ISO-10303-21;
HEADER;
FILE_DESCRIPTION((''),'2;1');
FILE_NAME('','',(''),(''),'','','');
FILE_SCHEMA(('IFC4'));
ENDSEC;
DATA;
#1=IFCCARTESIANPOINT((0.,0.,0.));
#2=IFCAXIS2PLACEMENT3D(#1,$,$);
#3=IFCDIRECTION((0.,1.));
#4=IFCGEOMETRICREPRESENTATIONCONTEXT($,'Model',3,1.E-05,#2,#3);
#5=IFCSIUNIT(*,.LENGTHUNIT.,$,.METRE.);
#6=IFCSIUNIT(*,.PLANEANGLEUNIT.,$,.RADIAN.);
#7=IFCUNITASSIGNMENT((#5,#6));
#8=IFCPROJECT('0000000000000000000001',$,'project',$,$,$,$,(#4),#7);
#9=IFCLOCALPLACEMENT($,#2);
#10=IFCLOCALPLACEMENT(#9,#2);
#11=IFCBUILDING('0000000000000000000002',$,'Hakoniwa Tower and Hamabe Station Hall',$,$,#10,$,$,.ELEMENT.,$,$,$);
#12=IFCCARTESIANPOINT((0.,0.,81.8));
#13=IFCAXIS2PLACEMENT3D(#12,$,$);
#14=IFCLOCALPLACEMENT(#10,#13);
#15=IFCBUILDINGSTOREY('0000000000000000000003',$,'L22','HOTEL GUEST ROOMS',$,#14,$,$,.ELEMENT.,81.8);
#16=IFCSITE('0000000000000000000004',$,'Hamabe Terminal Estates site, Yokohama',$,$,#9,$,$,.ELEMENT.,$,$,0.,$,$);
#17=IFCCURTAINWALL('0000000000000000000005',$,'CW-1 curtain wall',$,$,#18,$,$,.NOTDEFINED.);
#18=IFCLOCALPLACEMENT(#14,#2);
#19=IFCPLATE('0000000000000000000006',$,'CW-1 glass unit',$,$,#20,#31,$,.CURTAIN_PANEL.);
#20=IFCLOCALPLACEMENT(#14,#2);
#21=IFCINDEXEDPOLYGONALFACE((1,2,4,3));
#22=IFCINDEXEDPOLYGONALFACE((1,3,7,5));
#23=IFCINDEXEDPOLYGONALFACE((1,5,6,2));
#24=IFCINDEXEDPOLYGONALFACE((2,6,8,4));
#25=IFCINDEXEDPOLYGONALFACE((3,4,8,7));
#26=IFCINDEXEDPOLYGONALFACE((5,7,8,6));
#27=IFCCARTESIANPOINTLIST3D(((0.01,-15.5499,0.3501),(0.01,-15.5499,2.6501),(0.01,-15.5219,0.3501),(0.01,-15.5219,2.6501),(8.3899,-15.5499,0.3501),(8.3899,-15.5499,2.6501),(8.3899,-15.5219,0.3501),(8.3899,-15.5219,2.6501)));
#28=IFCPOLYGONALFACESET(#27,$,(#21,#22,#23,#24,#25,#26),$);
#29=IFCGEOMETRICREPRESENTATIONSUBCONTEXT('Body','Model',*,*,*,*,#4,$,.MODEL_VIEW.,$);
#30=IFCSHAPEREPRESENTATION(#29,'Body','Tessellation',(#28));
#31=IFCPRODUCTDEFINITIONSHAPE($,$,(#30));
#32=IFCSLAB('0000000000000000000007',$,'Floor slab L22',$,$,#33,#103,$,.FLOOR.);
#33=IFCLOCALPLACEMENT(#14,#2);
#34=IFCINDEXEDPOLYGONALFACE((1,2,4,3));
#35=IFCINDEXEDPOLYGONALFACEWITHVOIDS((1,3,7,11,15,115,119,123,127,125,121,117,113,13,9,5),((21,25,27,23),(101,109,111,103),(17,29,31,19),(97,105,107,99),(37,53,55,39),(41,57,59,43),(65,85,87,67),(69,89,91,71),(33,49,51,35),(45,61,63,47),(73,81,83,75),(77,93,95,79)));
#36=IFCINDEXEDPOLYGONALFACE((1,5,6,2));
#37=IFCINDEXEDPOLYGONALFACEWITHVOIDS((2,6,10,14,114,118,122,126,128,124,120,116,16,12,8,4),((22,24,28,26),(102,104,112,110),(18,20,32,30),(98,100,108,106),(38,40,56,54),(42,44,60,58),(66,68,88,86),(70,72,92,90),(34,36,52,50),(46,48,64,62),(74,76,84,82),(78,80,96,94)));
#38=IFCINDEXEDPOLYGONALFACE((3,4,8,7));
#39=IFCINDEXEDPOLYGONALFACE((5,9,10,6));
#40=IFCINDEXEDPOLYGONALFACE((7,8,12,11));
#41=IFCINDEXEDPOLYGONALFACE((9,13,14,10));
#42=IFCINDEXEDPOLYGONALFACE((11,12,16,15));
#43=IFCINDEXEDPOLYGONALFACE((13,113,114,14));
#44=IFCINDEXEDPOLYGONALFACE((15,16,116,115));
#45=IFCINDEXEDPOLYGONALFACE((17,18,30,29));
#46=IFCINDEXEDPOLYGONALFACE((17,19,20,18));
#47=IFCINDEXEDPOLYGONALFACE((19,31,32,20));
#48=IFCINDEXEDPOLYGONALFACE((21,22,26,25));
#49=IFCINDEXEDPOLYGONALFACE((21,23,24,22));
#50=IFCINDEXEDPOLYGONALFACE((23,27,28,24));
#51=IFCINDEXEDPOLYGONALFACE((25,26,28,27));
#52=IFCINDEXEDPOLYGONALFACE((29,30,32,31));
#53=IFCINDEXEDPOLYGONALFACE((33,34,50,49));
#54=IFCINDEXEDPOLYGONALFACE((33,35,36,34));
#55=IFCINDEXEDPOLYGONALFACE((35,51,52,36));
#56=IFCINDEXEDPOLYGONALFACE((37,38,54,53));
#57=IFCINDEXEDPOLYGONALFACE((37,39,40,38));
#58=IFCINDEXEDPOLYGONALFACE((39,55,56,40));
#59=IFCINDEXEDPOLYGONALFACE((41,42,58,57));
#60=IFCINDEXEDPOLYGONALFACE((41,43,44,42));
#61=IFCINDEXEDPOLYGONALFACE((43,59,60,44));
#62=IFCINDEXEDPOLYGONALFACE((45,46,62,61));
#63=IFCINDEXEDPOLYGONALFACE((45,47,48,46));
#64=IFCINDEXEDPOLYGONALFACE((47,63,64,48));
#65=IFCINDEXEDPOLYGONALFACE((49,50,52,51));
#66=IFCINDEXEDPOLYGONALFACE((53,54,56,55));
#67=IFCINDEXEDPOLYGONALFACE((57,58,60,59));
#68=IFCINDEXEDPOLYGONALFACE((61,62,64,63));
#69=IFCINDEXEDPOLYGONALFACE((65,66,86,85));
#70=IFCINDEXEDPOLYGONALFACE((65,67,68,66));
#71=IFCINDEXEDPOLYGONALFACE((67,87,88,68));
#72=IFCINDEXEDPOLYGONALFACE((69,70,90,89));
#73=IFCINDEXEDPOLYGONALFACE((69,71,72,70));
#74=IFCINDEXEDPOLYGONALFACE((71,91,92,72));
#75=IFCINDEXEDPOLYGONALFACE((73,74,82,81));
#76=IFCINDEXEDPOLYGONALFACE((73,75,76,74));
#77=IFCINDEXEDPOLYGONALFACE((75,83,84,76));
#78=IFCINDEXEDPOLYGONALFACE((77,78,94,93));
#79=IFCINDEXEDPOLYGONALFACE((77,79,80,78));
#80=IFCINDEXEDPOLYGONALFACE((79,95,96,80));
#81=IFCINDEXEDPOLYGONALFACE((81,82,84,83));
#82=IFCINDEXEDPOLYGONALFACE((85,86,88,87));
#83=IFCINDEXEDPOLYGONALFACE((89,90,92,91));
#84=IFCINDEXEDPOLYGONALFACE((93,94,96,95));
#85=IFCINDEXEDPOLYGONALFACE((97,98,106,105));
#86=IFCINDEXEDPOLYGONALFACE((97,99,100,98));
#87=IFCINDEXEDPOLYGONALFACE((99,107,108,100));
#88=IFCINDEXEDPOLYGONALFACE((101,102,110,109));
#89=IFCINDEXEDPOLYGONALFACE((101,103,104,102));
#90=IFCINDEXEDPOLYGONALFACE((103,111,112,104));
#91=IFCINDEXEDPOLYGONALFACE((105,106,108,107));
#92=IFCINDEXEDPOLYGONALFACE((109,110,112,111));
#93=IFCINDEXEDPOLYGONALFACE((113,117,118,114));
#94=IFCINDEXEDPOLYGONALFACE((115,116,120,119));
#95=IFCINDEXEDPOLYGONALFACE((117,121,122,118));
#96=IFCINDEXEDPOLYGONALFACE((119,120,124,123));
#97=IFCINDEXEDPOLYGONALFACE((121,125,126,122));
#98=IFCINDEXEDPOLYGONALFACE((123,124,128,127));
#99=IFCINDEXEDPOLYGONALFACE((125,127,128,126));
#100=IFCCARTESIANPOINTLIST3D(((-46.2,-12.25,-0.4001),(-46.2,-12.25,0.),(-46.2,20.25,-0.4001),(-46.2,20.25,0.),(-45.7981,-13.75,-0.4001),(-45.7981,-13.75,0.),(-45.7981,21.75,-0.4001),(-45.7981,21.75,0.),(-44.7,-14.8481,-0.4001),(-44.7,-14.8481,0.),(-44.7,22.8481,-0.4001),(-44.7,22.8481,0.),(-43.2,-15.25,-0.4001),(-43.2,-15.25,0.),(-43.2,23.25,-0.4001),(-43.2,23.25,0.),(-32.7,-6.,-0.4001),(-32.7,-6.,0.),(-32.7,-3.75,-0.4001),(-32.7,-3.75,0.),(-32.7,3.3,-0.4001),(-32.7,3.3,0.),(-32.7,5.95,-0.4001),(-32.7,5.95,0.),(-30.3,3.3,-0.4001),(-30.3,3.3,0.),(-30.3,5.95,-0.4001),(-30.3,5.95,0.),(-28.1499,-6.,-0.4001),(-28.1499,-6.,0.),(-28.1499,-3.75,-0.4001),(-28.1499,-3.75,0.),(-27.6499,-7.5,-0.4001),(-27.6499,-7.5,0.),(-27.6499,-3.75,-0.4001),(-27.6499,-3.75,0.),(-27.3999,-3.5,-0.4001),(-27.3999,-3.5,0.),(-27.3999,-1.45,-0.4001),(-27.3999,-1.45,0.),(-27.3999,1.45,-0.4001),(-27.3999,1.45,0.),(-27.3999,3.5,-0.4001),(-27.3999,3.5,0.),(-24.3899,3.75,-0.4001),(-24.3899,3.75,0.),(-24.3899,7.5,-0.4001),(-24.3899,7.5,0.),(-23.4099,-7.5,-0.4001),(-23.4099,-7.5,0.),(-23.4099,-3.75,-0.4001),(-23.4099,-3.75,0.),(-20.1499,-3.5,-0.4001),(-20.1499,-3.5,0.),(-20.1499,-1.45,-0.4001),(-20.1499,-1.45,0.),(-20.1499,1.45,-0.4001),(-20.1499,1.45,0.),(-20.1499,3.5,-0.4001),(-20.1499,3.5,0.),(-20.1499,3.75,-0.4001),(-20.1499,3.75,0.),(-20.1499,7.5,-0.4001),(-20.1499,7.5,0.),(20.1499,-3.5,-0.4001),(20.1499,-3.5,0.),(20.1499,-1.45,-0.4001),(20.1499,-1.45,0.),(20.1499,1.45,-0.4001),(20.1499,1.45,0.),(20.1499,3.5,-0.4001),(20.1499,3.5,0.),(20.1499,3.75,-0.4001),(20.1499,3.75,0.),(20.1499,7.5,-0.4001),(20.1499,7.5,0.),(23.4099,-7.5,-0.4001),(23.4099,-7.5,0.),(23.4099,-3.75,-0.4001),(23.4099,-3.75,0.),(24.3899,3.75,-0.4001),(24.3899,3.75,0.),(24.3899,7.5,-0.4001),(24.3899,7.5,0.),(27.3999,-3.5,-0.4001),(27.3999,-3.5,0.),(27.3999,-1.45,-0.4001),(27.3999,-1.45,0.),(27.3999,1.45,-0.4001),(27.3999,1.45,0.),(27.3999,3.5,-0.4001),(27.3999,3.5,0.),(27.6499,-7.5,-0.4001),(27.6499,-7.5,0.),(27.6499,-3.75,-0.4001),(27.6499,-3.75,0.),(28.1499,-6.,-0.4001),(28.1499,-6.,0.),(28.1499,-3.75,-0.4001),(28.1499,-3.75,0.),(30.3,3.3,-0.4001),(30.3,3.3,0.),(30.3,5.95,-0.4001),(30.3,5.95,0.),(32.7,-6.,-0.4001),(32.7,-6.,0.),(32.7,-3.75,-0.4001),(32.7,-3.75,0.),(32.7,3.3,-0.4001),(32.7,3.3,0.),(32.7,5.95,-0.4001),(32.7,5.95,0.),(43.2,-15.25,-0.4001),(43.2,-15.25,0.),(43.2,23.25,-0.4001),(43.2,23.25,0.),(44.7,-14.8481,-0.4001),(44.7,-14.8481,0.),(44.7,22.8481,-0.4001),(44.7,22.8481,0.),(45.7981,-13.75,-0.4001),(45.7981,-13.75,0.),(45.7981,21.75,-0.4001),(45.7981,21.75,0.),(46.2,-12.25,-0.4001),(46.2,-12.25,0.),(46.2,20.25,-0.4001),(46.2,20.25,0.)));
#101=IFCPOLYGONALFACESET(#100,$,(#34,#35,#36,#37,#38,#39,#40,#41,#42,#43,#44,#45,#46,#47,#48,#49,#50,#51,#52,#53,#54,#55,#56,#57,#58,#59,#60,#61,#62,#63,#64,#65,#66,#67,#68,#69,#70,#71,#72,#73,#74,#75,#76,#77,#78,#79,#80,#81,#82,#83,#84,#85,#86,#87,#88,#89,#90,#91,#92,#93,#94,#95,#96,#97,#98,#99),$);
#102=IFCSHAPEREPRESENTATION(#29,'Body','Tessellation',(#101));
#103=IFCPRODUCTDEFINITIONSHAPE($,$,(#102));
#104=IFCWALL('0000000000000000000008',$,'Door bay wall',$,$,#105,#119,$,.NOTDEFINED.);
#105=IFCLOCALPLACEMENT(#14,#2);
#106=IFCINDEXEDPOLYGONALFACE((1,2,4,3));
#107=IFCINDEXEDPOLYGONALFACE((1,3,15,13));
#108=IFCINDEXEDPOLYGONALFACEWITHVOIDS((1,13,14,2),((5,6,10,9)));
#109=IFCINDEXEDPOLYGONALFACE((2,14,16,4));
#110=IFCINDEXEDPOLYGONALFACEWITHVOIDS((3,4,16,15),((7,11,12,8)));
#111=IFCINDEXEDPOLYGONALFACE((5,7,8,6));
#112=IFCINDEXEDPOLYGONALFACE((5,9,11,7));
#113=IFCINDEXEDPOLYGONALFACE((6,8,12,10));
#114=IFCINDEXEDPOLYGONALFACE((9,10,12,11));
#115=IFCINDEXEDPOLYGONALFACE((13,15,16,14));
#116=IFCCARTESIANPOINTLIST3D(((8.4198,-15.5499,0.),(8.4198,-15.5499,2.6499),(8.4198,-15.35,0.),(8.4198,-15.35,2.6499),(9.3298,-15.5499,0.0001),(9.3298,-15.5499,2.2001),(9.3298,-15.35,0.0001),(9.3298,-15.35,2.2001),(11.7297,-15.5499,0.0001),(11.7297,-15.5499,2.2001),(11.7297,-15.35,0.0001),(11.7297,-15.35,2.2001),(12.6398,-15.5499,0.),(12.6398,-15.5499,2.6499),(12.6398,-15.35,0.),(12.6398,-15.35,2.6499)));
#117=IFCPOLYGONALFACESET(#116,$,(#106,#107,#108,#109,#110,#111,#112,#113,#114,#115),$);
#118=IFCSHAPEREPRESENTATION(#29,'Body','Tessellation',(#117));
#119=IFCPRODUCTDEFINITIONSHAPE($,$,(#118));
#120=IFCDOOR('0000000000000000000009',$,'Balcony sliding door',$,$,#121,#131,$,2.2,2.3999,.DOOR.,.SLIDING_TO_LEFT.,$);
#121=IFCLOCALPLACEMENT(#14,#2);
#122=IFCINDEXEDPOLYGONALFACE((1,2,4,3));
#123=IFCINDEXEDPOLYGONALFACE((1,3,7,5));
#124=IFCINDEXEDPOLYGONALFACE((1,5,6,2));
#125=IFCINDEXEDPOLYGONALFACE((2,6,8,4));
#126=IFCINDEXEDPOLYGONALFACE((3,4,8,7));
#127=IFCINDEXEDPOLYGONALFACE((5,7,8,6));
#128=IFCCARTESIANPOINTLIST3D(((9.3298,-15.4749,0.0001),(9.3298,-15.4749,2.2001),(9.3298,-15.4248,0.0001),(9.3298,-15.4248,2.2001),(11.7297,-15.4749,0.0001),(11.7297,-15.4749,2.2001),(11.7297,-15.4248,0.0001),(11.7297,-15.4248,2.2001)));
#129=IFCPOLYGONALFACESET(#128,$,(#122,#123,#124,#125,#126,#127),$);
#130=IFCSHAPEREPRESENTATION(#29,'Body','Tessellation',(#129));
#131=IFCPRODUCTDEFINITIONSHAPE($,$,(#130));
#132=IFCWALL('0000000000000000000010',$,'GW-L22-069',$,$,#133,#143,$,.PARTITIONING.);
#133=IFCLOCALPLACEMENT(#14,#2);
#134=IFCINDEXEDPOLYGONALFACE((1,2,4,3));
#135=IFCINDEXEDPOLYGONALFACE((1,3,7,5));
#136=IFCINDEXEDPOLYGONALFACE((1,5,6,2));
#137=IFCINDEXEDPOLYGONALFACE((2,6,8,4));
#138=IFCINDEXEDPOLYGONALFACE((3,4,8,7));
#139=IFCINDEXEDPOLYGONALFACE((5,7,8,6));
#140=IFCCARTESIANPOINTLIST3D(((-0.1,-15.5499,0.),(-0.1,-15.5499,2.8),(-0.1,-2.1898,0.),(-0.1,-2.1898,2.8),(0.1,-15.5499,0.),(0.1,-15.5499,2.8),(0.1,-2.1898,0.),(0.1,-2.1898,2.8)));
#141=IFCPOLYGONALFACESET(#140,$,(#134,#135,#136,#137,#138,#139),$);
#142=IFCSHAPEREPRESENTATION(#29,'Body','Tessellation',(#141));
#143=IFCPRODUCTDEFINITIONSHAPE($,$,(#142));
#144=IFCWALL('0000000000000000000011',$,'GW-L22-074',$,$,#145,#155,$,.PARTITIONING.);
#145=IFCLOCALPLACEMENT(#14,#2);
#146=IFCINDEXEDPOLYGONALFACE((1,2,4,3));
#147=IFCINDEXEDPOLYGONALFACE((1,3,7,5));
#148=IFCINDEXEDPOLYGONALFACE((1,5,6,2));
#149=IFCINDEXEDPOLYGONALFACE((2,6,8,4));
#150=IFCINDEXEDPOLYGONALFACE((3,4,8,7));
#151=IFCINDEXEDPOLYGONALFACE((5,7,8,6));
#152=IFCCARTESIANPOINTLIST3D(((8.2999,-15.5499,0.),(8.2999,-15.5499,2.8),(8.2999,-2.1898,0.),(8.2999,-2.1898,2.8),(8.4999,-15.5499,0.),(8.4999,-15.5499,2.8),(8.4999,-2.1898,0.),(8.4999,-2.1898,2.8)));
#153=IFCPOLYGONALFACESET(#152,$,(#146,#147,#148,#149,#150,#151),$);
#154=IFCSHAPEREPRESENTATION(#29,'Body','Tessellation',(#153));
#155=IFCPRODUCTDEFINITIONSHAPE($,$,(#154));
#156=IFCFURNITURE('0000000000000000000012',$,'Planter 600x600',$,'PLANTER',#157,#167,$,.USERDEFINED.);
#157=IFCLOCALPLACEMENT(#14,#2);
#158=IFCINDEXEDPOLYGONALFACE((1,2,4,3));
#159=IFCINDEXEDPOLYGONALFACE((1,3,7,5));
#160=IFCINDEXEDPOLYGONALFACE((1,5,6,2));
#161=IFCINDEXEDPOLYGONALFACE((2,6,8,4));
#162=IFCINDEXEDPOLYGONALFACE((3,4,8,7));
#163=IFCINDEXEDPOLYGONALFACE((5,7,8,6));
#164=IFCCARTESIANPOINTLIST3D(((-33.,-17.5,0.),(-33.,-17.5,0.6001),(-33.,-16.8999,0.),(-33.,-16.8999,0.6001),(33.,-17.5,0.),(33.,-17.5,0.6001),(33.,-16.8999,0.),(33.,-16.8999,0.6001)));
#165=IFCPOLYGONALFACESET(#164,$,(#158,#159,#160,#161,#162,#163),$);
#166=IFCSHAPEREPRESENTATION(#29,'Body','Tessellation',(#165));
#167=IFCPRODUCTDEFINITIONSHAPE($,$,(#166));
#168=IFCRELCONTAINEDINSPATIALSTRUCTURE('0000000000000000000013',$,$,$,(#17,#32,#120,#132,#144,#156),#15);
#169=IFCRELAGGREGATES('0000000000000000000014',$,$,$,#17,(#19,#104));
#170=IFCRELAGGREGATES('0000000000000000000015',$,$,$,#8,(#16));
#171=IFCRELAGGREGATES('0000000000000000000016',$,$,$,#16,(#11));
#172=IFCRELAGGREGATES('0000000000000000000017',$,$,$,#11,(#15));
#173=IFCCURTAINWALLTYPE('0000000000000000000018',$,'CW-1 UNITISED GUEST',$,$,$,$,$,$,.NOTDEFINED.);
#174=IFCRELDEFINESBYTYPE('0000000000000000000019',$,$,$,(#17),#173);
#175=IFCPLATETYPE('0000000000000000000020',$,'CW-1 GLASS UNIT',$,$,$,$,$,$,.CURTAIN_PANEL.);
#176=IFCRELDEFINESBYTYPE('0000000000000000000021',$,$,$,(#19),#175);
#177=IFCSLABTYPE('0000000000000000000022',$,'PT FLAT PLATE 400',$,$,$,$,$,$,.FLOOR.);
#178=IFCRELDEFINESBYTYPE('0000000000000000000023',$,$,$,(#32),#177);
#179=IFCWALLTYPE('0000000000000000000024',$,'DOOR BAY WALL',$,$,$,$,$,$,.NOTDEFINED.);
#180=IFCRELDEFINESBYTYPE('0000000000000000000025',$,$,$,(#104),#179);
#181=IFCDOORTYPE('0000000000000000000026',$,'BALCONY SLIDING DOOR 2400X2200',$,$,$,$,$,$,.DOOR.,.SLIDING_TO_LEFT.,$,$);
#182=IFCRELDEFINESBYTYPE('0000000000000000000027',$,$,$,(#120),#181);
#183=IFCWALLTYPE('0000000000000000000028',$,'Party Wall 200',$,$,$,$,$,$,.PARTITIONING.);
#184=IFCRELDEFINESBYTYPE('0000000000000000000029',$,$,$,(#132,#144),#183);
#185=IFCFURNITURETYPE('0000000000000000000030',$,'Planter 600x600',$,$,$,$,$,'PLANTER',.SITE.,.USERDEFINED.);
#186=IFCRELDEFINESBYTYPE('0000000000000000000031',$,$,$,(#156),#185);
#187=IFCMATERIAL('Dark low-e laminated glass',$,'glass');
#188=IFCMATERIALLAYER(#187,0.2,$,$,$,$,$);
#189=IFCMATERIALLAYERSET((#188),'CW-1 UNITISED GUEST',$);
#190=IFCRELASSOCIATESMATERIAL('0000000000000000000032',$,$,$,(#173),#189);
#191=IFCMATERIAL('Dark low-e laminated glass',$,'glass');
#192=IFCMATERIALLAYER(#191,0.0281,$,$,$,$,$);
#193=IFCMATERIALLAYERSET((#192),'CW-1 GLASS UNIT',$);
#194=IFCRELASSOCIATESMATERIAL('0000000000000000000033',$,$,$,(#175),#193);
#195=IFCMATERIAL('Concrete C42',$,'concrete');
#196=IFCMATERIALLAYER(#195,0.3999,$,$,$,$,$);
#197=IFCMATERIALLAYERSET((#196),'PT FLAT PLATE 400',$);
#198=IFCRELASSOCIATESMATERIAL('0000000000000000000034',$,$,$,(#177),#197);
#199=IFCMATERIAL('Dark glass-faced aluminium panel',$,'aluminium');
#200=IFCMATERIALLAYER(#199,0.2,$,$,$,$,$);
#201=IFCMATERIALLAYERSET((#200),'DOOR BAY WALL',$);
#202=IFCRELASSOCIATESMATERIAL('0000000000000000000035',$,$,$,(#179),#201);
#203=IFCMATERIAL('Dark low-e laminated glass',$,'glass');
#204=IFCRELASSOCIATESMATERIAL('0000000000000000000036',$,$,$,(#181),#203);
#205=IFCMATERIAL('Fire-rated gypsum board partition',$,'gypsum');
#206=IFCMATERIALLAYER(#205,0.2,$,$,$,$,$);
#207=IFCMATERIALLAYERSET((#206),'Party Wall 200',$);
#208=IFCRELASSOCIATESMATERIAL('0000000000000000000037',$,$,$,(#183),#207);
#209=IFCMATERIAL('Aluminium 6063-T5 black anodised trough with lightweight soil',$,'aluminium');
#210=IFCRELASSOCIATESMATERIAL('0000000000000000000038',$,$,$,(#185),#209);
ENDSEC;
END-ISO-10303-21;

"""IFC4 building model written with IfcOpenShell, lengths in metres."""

from ifc_helpers import new_model, si_unit, direction, frame, frame_2d, origin, origin_2d, place, context, subcontext, project, spatial, polyline, rectangle, outline, extrude, material, layer, layer_set, type_object, element, fill, aggregate, save


model = new_model("IFC4")

# Units and contexts
model_context = context("Model", 3, precision=1e-05, world=origin(), true_north=direction((0.0, 1.0)))
body_context = subcontext(model_context, "Body", "Model", "MODEL_VIEW")
ifc_project = project(units=[si_unit("LENGTHUNIT", "METRE"), si_unit("PLANEANGLEUNIT", "RADIAN")], contexts=[model_context])

# Site, building, storey
site_placement = place(None, origin())
site = spatial("IfcSite", under=ifc_project, at=site_placement, Name="Hamabe Terminal Estates site, Yokohama", CompositionType="ELEMENT", RefElevation=0.0)
building_placement = place(site_placement, origin())
building = spatial("IfcBuilding", under=site, at=building_placement, Name="Hakoniwa Tower and Hamabe Station Hall", CompositionType="ELEMENT")
storey_placement = place(building_placement, frame((0.0, 0.0, 81.8)))
storey = spatial("IfcBuildingStorey", under=building, at=storey_placement, Name="L22", Description="HOTEL GUEST ROOMS", CompositionType="ELEMENT", Elevation=81.8)

# Curtain wall
ifc_material_1 = material(Name="Dark low-e laminated glass", Category="glass")
ifc_layer_1 = layer(ifc_material_1, 0.2)
ifc_layer_set_1 = layer_set([ifc_layer_1], Name="CW-1 UNITISED GUEST")
curtain_wall_type = type_object("IfcCurtainWallType", Name="CW-1 UNITISED GUEST", PredefinedType="NOTDEFINED", material=ifc_layer_set_1)
curtain_wall_1_placement = place(storey_placement, origin())
curtain_wall_1 = element("IfcCurtainWall", 1, at=curtain_wall_1_placement, inside=storey, type_object=curtain_wall_type, Name="CW-1 curtain wall", PredefinedType="NOTDEFINED")

# Plate
ifc_material_2 = material(Name="Dark low-e laminated glass", Category="glass")
ifc_layer_2 = layer(ifc_material_2, 0.0281)
ifc_layer_set_2 = layer_set([ifc_layer_2], Name="CW-1 GLASS UNIT")
plate_type = type_object("IfcPlateType", Name="CW-1 GLASS UNIT", PredefinedType="CURTAIN_PANEL", material=ifc_layer_set_2)
plate_1_placement = place(storey_placement, frame((4.2, -15.5359, 0.3501), z_axis=(0.0, 0.0, 1.0), x_axis=(1.0, 0.0, 0.0)))
plate_1 = element("IfcPlate", 2, at=plate_1_placement, type_object=plate_type, Name="CW-1 glass unit", PredefinedType="CURTAIN_PANEL", context=body_context, shape_type="SweptSolid", body=[
    extrude(rectangle(XDim=8.3799, YDim=0.0281, at=origin_2d()), origin(), (0.0, 0.0, 1.0), 2.3),
])

# Slab
ifc_material_3 = material(Name="Concrete C42", Category="concrete")
ifc_layer_3 = layer(ifc_material_3, 0.3999)
ifc_layer_set_3 = layer_set([ifc_layer_3], Name="PT FLAT PLATE 400")
slab_type_1 = type_object("IfcSlabType", Name="PT FLAT PLATE 400", PredefinedType="FLOOR", material=ifc_layer_set_3)
slab_1_placement = place(storey_placement, frame((0.0, 0.0, -0.4001)))
element("IfcSlab", 3, at=slab_1_placement, inside=storey, type_object=slab_type_1, Name="Floor slab L22", PredefinedType="FLOOR", context=body_context, shape_type="SweptSolid", body=[
    extrude(outline(polyline([(46.2, -12.25), (46.2, 20.25), (45.7981, 21.75), (44.7, 22.8481), (43.2, 23.25), (-43.2, 23.25), (-44.7, 22.8481), (-45.7981, 21.75), (-46.2, 20.25), (-46.2, -12.25), (-45.7981, -13.75), (-44.7, -14.8481), (-43.2, -15.25), (43.2, -15.25), (44.7, -14.8481), (45.7981, -13.75), (46.2, -12.25)]), holes=[polyline([(-27.3999, 1.45), (-27.3999, 3.5), (-20.1499, 3.5), (-20.1499, 1.45), (-27.3999, 1.45)]), polyline([(-27.3999, -3.5), (-27.3999, -1.45), (-20.1499, -1.45), (-20.1499, -3.5), (-27.3999, -3.5)]), polyline([(-32.7, 3.3), (-32.7, 5.95), (-30.3, 5.95), (-30.3, 3.3), (-32.7, 3.3)]), polyline([(-32.7, -6.0), (-32.7, -3.75), (-28.1499, -3.75), (-28.1499, -6.0), (-32.7, -6.0)]), polyline([(-24.3899, 3.75), (-24.3899, 7.5), (-20.1499, 7.5), (-20.1499, 3.75), (-24.3899, 3.75)]), polyline([(-27.6499, -7.5), (-27.6499, -3.75), (-23.4099, -3.75), (-23.4099, -7.5), (-27.6499, -7.5)]), polyline([(20.1499, 1.45), (20.1499, 3.5), (27.3999, 3.5), (27.3999, 1.45), (20.1499, 1.45)]), polyline([(20.1499, -3.5), (20.1499, -1.45), (27.3999, -1.45), (27.3999, -3.5), (20.1499, -3.5)]), polyline([(30.3, 3.3), (30.3, 5.95), (32.7, 5.95), (32.7, 3.3), (30.3, 3.3)]), polyline([(28.1499, -6.0), (28.1499, -3.75), (32.7, -3.75), (32.7, -6.0), (28.1499, -6.0)]), polyline([(20.1499, 3.75), (20.1499, 7.5), (24.3899, 7.5), (24.3899, 3.75), (20.1499, 3.75)]), polyline([(23.4099, -7.5), (23.4099, -3.75), (27.6499, -3.75), (27.6499, -7.5), (23.4099, -7.5)])]), origin(), (0.0, 0.0, 1.0), 0.4001),
])

# Wall, opening, door
ifc_material_4 = material(Name="Dark glass-faced aluminium panel", Category="aluminium")
ifc_layer_4 = layer(ifc_material_4, 0.2)
ifc_layer_set_4 = layer_set([ifc_layer_4], Name="DOOR BAY WALL")
wall_type_1 = type_object("IfcWallType", Name="DOOR BAY WALL", PredefinedType="NOTDEFINED", material=ifc_layer_set_4)
wall_placement = place(storey_placement, frame((8.4199, -15.45, 0.0), z_axis=(0.0, 0.0, 1.0), x_axis=(1.0, 0.0, 0.0)))
wall = element("IfcWall", 4, at=wall_placement, type_object=wall_type_1, Name="Door bay wall", PredefinedType="NOTDEFINED", context=body_context, shape_type="SweptSolid", body=[
    extrude(rectangle(XDim=4.22, YDim=0.2, at=frame_2d((2.1099, 0.0))), origin(), (0.0, 0.0, 1.0), 2.6499),
])
opening_placement = place(wall_placement, frame((0.9099, 0.0, 0.0)))
opening = element("IfcOpeningElement", 5, at=opening_placement, cuts=wall, PredefinedType="OPENING", context=body_context, shape_type="SweptSolid", body=[
    extrude(rectangle(XDim=2.3999, YDim=2.2, at=frame_2d((1.2, 1.1001))), frame((0.0, 0.1099, 0.0), z_axis=(0.0, -1.0, 0.0), x_axis=(1.0, 0.0, 0.0)), (0.0, 0.0, 1.0), 0.22),
])
ifc_material_5 = material(Name="Dark low-e laminated glass", Category="glass")
door_type = type_object("IfcDoorType", Name="BALCONY SLIDING DOOR 2400X2200", OperationType="SLIDING_TO_LEFT", PredefinedType="DOOR", material=ifc_material_5)
door_placement = place(opening_placement, frame((2.3999, 0.0, 0.0), z_axis=(0.0, 0.0, 1.0), x_axis=(-1.0, 0.0, 0.0)))
door = element("IfcDoor", 6, at=door_placement, inside=storey, type_object=door_type, Name="Balcony sliding door", OperationType="SLIDING_TO_LEFT", OverallHeight=2.2, OverallWidth=2.3999, PredefinedType="DOOR", context=body_context, shape_type="SweptSolid", body=[
    extrude(rectangle(XDim=2.3999, YDim=2.2, at=frame_2d((1.2, 1.1001))), frame((0.0, 0.0249, 0.0), z_axis=(0.0, -1.0, 0.0), x_axis=(1.0, 0.0, 0.0)), (0.0, 0.0, 1.0), 0.05),
])
fill(opening, door)
aggregate(curtain_wall_1, [plate_1, wall])

# Walls
ifc_material_6 = material(Name="Fire-rated gypsum board partition", Category="gypsum")
ifc_layer_5 = layer(ifc_material_6, 0.2)
ifc_layer_set_5 = layer_set([ifc_layer_5], Name="Party Wall 200")
wall_type_2 = type_object("IfcWallType", Name="Party Wall 200", PredefinedType="PARTITIONING", material=ifc_layer_set_5)
for number, where, z_axis, x_axis, name in (
    (7, (0.0, -15.55, 0.0), (0.0, 0.0, 1.0), (0.0, 1.0, 0.0), "GW-L22-069"),
    (8, (8.3999, -15.55, 0.0), (0.0, 0.0, 1.0), (0.0, 1.0, 0.0), "GW-L22-074"),
):
    element("IfcWall", number, at=place(storey_placement, frame(where, z_axis=z_axis, x_axis=x_axis)), inside=storey, type_object=wall_type_2, Name=name, PredefinedType="PARTITIONING", context=body_context, shape_type="SweptSolid", body=[
        extrude(rectangle(XDim=13.3601, YDim=0.2, at=frame_2d((6.6802, 0.0))), origin(), (0.0, 0.0, 1.0), 2.8),
    ])

# Furniture
ifc_material_7 = material(Name="Aluminium 6063-T5 black anodised trough with lightweight soil", Category="aluminium")
furniture_type = type_object("IfcFurnitureType", Name="Planter 600x600", ElementType="PLANTER", AssemblyPlace="SITE", PredefinedType="USERDEFINED", material=ifc_material_7)
furniture_placement = place(storey_placement, frame((0.0, -17.2, 0.0), z_axis=(0.0, 0.0, 1.0), x_axis=(1.0, 0.0, 0.0)))
element("IfcFurniture", 9, at=furniture_placement, inside=storey, type_object=furniture_type, Name="Planter 600x600", ObjectType="PLANTER", PredefinedType="USERDEFINED", context=body_context, shape_type="SweptSolid", body=[
    extrude(rectangle(XDim=66.0, YDim=0.6001, at=origin_2d()), origin(), (0.0, 0.0, 1.0), 0.6001),
])

save(model, "model.ifc")
